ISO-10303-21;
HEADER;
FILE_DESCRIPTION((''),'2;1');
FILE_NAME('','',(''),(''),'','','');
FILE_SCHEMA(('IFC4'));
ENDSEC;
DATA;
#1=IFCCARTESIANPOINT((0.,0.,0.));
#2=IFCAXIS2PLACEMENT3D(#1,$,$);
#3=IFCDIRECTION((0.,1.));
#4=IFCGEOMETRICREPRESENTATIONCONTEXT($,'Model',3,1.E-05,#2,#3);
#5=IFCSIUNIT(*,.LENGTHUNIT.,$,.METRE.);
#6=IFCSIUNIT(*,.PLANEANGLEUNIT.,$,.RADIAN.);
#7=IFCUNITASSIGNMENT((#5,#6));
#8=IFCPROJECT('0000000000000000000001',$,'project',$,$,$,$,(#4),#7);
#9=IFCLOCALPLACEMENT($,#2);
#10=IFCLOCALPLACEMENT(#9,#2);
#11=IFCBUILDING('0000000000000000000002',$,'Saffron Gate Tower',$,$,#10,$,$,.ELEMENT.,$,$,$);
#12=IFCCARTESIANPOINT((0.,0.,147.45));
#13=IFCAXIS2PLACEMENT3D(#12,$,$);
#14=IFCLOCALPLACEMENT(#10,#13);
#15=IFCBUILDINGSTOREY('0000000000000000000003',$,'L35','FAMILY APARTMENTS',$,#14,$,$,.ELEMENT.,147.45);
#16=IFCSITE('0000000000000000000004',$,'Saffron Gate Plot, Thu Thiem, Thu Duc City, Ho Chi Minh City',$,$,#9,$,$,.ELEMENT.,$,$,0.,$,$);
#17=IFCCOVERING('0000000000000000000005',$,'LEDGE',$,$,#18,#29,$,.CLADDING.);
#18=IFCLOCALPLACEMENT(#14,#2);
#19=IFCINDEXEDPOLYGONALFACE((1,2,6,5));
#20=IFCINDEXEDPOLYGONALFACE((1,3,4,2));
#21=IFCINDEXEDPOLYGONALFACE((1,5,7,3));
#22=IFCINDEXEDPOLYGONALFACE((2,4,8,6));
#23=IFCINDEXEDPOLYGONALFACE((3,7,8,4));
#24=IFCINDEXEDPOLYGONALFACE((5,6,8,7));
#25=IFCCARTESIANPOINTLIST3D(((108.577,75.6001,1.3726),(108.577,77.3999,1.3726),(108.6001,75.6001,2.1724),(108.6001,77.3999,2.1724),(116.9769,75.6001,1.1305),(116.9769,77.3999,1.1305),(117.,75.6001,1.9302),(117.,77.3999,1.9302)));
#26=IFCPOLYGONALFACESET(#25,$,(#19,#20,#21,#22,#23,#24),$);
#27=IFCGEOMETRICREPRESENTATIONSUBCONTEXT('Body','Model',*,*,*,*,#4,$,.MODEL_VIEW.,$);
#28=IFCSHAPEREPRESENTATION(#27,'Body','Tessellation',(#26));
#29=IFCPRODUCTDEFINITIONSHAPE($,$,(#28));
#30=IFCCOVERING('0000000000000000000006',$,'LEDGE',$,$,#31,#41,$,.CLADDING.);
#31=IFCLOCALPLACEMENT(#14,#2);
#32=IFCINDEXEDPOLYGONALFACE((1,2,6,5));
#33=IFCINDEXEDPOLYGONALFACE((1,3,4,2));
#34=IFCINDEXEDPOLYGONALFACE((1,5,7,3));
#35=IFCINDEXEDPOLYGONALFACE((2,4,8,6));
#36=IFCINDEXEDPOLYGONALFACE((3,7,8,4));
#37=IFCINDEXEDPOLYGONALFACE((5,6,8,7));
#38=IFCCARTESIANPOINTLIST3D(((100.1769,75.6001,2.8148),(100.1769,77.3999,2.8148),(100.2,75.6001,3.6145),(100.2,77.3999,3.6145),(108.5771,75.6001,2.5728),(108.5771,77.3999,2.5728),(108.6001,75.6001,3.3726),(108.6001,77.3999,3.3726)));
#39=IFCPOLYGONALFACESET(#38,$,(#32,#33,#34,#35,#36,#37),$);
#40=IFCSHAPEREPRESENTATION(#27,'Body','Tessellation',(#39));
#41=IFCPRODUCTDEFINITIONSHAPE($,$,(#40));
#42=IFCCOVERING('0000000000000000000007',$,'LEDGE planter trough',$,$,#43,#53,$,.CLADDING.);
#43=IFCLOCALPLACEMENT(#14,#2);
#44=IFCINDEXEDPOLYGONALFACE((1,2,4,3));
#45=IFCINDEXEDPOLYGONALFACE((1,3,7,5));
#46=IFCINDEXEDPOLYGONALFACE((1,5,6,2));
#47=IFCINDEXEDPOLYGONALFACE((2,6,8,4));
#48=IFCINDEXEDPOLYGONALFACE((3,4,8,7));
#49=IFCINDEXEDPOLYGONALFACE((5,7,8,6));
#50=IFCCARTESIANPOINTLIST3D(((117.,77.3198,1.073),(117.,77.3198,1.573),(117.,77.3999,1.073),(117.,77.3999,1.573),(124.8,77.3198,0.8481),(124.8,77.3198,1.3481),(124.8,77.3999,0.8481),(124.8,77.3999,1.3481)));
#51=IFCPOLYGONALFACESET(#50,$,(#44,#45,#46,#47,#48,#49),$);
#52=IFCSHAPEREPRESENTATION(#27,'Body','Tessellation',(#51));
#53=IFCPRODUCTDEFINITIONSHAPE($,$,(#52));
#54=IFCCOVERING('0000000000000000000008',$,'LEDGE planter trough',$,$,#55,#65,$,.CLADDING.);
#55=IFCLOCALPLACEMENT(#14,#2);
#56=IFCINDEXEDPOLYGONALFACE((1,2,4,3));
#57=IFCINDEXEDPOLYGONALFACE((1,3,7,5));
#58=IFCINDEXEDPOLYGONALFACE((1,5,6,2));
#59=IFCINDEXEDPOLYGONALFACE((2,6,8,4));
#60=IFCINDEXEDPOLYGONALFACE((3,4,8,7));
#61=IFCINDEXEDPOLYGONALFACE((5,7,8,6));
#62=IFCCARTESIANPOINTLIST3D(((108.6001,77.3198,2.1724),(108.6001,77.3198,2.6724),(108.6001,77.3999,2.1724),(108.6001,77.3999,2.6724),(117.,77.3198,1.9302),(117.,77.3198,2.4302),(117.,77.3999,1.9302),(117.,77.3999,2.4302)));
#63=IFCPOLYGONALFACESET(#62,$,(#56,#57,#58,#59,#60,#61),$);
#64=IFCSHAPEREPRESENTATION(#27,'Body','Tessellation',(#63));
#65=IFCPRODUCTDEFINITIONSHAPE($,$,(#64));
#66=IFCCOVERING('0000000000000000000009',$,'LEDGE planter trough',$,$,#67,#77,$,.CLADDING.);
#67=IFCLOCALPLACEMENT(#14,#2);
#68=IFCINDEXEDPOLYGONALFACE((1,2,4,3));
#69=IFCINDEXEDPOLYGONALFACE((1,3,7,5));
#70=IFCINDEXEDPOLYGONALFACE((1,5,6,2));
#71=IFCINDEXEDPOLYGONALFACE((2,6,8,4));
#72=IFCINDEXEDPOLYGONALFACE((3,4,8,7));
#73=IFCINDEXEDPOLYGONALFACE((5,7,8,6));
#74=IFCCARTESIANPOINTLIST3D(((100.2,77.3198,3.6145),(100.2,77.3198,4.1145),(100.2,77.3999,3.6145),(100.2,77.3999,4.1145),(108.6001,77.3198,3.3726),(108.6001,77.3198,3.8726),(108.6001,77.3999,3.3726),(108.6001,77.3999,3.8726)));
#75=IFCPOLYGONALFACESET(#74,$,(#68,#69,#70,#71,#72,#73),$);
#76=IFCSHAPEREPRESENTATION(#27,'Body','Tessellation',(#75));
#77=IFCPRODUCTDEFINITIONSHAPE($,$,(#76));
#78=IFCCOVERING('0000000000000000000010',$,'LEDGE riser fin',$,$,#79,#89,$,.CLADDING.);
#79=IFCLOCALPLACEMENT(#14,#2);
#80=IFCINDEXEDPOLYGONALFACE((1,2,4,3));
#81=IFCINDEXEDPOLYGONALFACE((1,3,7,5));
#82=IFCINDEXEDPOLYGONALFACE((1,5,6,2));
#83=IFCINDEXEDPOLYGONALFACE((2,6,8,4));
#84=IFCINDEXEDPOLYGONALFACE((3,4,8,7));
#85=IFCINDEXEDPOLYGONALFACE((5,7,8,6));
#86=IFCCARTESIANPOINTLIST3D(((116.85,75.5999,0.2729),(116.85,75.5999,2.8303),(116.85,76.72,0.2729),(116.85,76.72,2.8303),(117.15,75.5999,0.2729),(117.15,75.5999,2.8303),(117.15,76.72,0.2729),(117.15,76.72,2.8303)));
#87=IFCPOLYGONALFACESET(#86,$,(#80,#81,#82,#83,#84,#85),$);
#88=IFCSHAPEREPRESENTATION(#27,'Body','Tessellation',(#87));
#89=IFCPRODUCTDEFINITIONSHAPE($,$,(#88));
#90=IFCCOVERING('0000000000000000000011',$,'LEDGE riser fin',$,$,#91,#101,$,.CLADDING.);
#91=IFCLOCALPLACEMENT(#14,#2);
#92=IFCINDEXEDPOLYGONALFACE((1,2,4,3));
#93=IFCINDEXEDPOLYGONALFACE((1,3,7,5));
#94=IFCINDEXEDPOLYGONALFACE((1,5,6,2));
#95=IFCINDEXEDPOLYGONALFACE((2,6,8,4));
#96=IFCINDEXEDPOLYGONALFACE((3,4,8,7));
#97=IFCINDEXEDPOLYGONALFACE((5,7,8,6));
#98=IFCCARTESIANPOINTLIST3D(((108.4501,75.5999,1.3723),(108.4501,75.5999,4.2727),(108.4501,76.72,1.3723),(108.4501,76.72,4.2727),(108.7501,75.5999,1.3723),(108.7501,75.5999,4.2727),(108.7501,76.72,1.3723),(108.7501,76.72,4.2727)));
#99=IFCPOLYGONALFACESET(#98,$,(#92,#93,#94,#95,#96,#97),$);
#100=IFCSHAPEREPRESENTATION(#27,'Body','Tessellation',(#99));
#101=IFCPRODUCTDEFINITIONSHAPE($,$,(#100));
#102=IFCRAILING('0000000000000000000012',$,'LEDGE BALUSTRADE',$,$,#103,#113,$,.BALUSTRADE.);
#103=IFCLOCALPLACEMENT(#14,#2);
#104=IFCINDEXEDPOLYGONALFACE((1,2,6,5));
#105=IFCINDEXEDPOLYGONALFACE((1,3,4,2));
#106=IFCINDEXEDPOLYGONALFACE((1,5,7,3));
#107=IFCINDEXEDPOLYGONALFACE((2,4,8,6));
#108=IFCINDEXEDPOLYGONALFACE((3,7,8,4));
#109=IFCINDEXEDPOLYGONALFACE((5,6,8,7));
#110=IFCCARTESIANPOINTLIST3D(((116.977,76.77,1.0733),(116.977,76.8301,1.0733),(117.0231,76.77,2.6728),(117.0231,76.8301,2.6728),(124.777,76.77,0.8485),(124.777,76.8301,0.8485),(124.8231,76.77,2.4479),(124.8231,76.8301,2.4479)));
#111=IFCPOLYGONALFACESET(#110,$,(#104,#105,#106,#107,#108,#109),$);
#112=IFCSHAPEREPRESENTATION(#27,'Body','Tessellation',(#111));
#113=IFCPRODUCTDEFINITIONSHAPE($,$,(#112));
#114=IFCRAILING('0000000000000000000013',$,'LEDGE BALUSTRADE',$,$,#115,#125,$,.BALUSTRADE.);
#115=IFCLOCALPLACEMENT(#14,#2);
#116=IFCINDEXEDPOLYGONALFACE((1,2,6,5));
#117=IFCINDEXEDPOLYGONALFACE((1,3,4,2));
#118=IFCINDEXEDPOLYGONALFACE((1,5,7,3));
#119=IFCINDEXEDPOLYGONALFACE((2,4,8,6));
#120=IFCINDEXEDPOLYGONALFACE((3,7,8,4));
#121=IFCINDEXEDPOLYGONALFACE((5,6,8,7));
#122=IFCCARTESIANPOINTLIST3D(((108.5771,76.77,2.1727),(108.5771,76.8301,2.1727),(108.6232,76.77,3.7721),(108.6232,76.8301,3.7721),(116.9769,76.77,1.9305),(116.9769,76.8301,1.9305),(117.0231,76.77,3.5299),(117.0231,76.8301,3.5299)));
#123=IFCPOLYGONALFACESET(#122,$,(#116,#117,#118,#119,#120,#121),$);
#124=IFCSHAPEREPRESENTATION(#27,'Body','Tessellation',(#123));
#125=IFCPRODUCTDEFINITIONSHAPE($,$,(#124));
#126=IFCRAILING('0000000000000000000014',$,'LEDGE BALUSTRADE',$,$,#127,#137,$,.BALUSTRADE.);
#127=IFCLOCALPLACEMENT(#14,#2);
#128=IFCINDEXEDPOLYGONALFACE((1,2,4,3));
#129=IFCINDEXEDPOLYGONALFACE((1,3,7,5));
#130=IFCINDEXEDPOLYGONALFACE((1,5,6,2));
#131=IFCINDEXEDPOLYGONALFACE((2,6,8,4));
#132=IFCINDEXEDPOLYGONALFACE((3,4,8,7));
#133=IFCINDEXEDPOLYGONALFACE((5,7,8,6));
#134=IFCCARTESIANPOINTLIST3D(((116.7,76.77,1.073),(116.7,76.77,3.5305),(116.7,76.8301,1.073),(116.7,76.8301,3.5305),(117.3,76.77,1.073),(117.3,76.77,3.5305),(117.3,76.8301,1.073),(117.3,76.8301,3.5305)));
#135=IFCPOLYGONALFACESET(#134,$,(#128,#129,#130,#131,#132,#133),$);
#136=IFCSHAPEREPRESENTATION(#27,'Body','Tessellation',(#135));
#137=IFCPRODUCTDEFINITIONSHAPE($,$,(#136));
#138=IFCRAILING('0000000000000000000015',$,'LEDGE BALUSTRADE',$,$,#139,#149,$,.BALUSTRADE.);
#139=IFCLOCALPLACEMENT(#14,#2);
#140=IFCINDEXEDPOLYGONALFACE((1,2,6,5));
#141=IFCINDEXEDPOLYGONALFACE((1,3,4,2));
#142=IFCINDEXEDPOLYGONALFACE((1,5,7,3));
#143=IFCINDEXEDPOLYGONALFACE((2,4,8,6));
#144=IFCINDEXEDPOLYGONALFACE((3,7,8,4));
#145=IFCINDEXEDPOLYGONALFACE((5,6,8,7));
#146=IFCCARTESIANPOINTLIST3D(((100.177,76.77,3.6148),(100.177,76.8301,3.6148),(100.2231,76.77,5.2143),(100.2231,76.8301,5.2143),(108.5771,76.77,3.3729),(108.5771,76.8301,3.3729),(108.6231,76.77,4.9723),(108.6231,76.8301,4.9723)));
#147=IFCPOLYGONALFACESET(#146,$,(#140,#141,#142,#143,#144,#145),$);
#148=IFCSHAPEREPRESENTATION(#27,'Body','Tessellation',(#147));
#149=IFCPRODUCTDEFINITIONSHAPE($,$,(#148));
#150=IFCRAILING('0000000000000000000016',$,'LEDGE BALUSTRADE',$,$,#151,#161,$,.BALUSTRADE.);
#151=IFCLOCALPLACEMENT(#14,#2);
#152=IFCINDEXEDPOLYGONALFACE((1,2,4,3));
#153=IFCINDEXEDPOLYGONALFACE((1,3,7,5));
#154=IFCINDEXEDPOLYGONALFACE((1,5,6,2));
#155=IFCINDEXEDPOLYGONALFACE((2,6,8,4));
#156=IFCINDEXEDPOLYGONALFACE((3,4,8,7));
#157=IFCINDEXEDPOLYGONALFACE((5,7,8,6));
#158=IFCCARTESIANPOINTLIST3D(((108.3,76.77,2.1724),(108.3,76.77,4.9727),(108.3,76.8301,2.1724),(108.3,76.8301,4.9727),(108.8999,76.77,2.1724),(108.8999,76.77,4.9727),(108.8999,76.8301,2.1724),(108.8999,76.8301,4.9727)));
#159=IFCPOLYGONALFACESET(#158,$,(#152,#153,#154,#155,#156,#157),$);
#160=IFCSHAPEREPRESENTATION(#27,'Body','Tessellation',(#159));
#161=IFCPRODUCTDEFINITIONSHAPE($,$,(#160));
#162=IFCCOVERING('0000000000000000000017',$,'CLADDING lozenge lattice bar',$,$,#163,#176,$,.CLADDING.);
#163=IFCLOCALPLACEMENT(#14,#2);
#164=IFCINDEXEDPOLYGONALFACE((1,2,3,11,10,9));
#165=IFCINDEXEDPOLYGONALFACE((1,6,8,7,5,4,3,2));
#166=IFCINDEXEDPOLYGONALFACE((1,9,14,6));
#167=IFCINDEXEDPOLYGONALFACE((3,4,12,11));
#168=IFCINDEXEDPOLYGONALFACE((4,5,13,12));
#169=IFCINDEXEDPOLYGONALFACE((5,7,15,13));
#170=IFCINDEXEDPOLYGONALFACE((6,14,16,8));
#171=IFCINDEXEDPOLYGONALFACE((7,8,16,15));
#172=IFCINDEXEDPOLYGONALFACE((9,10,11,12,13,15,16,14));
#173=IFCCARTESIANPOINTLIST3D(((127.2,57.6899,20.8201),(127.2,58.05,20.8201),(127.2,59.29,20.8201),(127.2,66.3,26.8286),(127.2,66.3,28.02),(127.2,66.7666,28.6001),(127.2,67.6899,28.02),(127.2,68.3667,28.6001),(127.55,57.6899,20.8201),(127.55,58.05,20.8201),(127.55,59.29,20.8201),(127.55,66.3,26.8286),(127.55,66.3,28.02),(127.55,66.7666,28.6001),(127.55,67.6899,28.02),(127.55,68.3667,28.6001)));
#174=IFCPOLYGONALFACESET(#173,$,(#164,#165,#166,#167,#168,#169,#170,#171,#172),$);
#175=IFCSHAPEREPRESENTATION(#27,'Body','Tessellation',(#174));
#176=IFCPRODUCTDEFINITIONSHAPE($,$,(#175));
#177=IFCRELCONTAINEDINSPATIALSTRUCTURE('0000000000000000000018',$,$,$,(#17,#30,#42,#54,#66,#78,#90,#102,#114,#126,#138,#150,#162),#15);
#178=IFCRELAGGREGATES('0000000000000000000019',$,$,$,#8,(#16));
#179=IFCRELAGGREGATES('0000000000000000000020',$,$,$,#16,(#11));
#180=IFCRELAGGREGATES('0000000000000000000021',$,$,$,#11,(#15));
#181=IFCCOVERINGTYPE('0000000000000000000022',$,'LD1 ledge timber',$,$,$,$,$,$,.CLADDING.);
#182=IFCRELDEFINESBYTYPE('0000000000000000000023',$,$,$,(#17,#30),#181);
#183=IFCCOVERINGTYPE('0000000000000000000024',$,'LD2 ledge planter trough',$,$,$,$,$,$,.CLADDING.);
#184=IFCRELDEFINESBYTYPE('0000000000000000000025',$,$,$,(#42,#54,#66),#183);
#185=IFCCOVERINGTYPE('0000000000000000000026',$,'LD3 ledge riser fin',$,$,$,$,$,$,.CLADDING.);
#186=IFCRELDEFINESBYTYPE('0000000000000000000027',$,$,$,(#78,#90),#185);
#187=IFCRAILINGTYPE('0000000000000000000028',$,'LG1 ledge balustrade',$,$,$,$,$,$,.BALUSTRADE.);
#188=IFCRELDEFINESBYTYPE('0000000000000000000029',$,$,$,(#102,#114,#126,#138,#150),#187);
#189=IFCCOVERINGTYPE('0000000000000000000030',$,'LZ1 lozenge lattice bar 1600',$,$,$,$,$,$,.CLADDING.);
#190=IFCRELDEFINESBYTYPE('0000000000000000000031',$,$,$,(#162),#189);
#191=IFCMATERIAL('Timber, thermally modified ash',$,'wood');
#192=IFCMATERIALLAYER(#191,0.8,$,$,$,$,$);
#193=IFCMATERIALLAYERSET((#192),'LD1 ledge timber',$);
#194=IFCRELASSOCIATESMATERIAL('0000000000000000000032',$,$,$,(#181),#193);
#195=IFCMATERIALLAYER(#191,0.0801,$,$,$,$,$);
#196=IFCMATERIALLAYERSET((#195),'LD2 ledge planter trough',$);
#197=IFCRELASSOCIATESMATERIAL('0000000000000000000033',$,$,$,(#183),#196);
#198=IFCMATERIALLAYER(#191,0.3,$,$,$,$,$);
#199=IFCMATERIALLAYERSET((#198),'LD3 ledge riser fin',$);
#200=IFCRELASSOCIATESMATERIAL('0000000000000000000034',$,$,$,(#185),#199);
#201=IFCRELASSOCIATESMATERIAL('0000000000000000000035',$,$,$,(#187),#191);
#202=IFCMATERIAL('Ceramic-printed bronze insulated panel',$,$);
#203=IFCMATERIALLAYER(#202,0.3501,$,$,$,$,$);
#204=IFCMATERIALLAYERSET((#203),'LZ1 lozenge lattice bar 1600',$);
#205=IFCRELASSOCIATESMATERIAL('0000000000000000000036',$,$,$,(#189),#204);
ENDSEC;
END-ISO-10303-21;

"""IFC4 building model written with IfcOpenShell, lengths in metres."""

from ifc_helpers import new_model, si_unit, direction, frame, origin, origin_2d, place, context, subcontext, project, spatial, polyline, rectangle, outline, extrude, material, layer, layer_set, type_object, element, save


model = new_model("IFC4")

# Units and contexts
model_context = context("Model", 3, precision=1e-05, world=origin(), true_north=direction((0.0, 1.0)))
body_context = subcontext(model_context, "Body", "Model", "MODEL_VIEW")
ifc_project = project(units=[si_unit("LENGTHUNIT", "METRE"), si_unit("PLANEANGLEUNIT", "RADIAN")], contexts=[model_context])

# Site, building, storey
site_placement = place(None, origin())
site = spatial("IfcSite", under=ifc_project, at=site_placement, Name="Saffron Gate Plot, Thu Thiem, Thu Duc City, Ho Chi Minh City", CompositionType="ELEMENT", RefElevation=0.0)
building_placement = place(site_placement, origin())
building = spatial("IfcBuilding", under=site, at=building_placement, Name="Saffron Gate Tower", CompositionType="ELEMENT")
storey_placement = place(building_placement, frame((0.0, 0.0, 147.45)))
storey = spatial("IfcBuildingStorey", under=building, at=storey_placement, Name="L35", Description="FAMILY APARTMENTS", CompositionType="ELEMENT", Elevation=147.45)

# Coverings
ifc_material_1 = material(Name="Timber, thermally modified ash", Category="wood")
ifc_layer_1 = layer(ifc_material_1, 0.8)
ifc_layer_set_1 = layer_set([ifc_layer_1], Name="LD1 ledge timber")
covering_type_1 = type_object("IfcCoveringType", Name="LD1 ledge timber", PredefinedType="CLADDING", material=ifc_layer_set_1)
covering_1_placement = place(storey_placement, frame((117.0, 75.6001, 1.9302), z_axis=(0.02882, 0.0, 0.999585), x_axis=(-0.999585, 0.0, 0.02882)))
element("IfcCovering", 1, at=covering_1_placement, inside=storey, type_object=covering_type_1, Name="LEDGE", PredefinedType="CLADDING", context=body_context, shape_type="SweptSolid", body=[
    extrude(outline(polyline([(0.0, 0.0), (8.4034, 0.0), (8.4034, -1.7998), (0.0, -1.7998), (0.0, 0.0)])), origin(), (0.0, 0.0, -1.0), 0.8),
])
covering_2_placement = place(storey_placement, frame((108.6001, 75.6001, 3.3726), z_axis=(0.02879, 0.0, 0.999585), x_axis=(-0.999585, 0.0, 0.02879)))
element("IfcCovering", 2, at=covering_2_placement, inside=storey, type_object=covering_type_1, Name="LEDGE", PredefinedType="CLADDING", context=body_context, shape_type="SweptSolid", body=[
    extrude(outline(polyline([(0.0, 0.0), (8.4036, 0.0), (8.4036, -1.7998), (0.0, -1.7998), (0.0, 0.0)])), origin(), (0.0, 0.0, -1.0), 0.8),
])
ifc_layer_2 = layer(ifc_material_1, 0.0801)
ifc_layer_set_2 = layer_set([ifc_layer_2], Name="LD2 ledge planter trough")
covering_type_2 = type_object("IfcCoveringType", Name="LD2 ledge planter trough", PredefinedType="CLADDING", material=ifc_layer_set_2)
covering_3_placement = place(storey_placement, frame((124.8, 77.3999, 0.8481), z_axis=(0.0, 1.0, 0.0), x_axis=(-0.999585, 0.0, 0.028815)))
element("IfcCovering", 3, at=covering_3_placement, inside=storey, type_object=covering_type_2, Name="LEDGE planter trough", PredefinedType="CLADDING", context=body_context, shape_type="SweptSolid", body=[
    extrude(outline(polyline([(0.0, 0.0), (7.8033, 0.0), (7.8177, 0.4998), (0.0144, 0.4998), (0.0, 0.0)])), origin(), (0.0, 0.0, -1.0), 0.0801),
])
covering_4_placement = place(storey_placement, frame((117.0, 77.3999, 1.9302), z_axis=(0.0, 1.0, 0.0), x_axis=(-0.999585, 0.0, 0.02882)))
element("IfcCovering", 4, at=covering_4_placement, inside=storey, type_object=covering_type_2, Name="LEDGE planter trough", PredefinedType="CLADDING", context=body_context, shape_type="SweptSolid", body=[
    extrude(outline(polyline([(0.0, 0.0), (8.4034, 0.0), (8.4178, 0.4998), (0.0144, 0.4998), (0.0, 0.0)])), origin(), (0.0, 0.0, -1.0), 0.0801),
])
covering_5_placement = place(storey_placement, frame((108.6001, 77.3999, 3.3726), z_axis=(0.0, 1.0, 0.0), x_axis=(-0.999585, 0.0, 0.02879)))
element("IfcCovering", 5, at=covering_5_placement, inside=storey, type_object=covering_type_2, Name="LEDGE planter trough", PredefinedType="CLADDING", context=body_context, shape_type="SweptSolid", body=[
    extrude(outline(polyline([(0.0, 0.0), (8.4036, 0.0), (8.418, 0.4998), (0.0144, 0.4998), (0.0, 0.0)])), origin(), (0.0, 0.0, -1.0), 0.0801),
])
ifc_layer_3 = layer(ifc_material_1, 0.3)
ifc_layer_set_3 = layer_set([ifc_layer_3], Name="LD3 ledge riser fin")
covering_type_3 = type_object("IfcCoveringType", Name="LD3 ledge riser fin", PredefinedType="CLADDING", material=ifc_layer_set_3)
covering_6_placement = place(storey_placement, frame((117.0, 76.1599, 0.2729), z_axis=(0.0, 0.0, 1.0), x_axis=(-1.0, 0.0, 0.0)))
element("IfcCovering", 6, at=covering_6_placement, inside=storey, type_object=covering_type_3, Name="LEDGE riser fin", PredefinedType="CLADDING", context=body_context, shape_type="SweptSolid", body=[
    extrude(rectangle(XDim=0.3, YDim=1.1201, at=origin_2d()), origin(), (0.0, 0.0, 1.0), 2.5574),
])
covering_7_placement = place(storey_placement, frame((108.6001, 76.1599, 1.3723), z_axis=(0.0, 0.0, 1.0), x_axis=(-1.0, 0.0, 0.0)))
element("IfcCovering", 7, at=covering_7_placement, inside=storey, type_object=covering_type_3, Name="LEDGE riser fin", PredefinedType="CLADDING", context=body_context, shape_type="SweptSolid", body=[
    extrude(rectangle(XDim=0.3, YDim=1.1201, at=origin_2d()), origin(), (0.0, 0.0, 1.0), 2.9004),
])

# Railings
railing_type = type_object("IfcRailingType", Name="LG1 ledge balustrade", PredefinedType="BALUSTRADE", material=ifc_material_1)
railing_1_placement = place(storey_placement, frame((124.8, 76.8, 0.8481)))
element("IfcRailing", 8, at=railing_1_placement, inside=storey, type_object=railing_type, Name="LEDGE BALUSTRADE", PredefinedType="BALUSTRADE", context=body_context, shape_type="SweptSolid", body=[
    extrude(rectangle(XDim=0.0601, YDim=1.6001, at=origin_2d()), frame((0.0, 0.0, 0.8), z_axis=(-0.999585, 0.0, 0.028815), x_axis=(0.0, -1.0, 0.0)), (0.0, 0.0, 1.0), 7.8032),
])
railing_2_placement = place(storey_placement, frame((117.0, 76.8, 1.9302)))
element("IfcRailing", 9, at=railing_2_placement, inside=storey, type_object=railing_type, Name="LEDGE BALUSTRADE", PredefinedType="BALUSTRADE", context=body_context, shape_type="SweptSolid", body=[
    extrude(rectangle(XDim=0.0601, YDim=1.6001, at=origin_2d()), frame((0.0, 0.0, 0.8), z_axis=(-0.999585, 0.0, 0.02882), x_axis=(0.0, -1.0, 0.0)), (0.0, 0.0, 1.0), 8.4033),
])
railing_3_placement = place(storey_placement, frame((117.3, 76.8, 1.073)))
element("IfcRailing", 10, at=railing_3_placement, inside=storey, type_object=railing_type, Name="LEDGE BALUSTRADE", PredefinedType="BALUSTRADE", context=body_context, shape_type="SweptSolid", body=[
    extrude(rectangle(XDim=0.0601, YDim=2.4575, at=origin_2d()), frame((0.0, 0.0, 1.2288), z_axis=(-1.0, 0.0, 0.0), x_axis=(0.0, -1.0, 0.0)), (0.0, 0.0, 1.0), 0.6001),
])
railing_4_placement = place(storey_placement, frame((108.6001, 76.8, 3.3726)))
element("IfcRailing", 11, at=railing_4_placement, inside=storey, type_object=railing_type, Name="LEDGE BALUSTRADE", PredefinedType="BALUSTRADE", context=body_context, shape_type="SweptSolid", body=[
    extrude(rectangle(XDim=0.0601, YDim=1.6001, at=origin_2d()), frame((0.0, 0.0, 0.8), z_axis=(-0.999585, 0.0, 0.02879), x_axis=(0.0, -1.0, 0.0)), (0.0, 0.0, 1.0), 8.4036),
])
railing_5_placement = place(storey_placement, frame((108.8999, 76.8, 2.1724)))
element("IfcRailing", 12, at=railing_5_placement, inside=storey, type_object=railing_type, Name="LEDGE BALUSTRADE", PredefinedType="BALUSTRADE", context=body_context, shape_type="SweptSolid", body=[
    extrude(rectangle(XDim=0.0601, YDim=2.8003, at=origin_2d()), frame((0.0, 0.0, 1.4001), z_axis=(-1.0, 0.0, 0.0), x_axis=(0.0, -1.0, 0.0)), (0.0, 0.0, 1.0), 0.5999),
])

# Covering
ifc_material_2 = material(Name="Ceramic-printed bronze insulated panel")
ifc_layer_4 = layer(ifc_material_2, 0.3501)
ifc_layer_set_4 = layer_set([ifc_layer_4], Name="LZ1 lozenge lattice bar 1600")
covering_type_4 = type_object("IfcCoveringType", Name="LZ1 lozenge lattice bar 1600", PredefinedType="CLADDING", material=ifc_layer_set_4)
covering_8_placement = place(storey_placement, frame((127.55, 57.6899, 20.8201), z_axis=(1.0, 0.0, 0.0), x_axis=(0.0, 1.0, 0.0)))
element("IfcCovering", 13, at=covering_8_placement, inside=storey, type_object=covering_type_4, Name="CLADDING lozenge lattice bar", PredefinedType="CLADDING", context=body_context, shape_type="SweptSolid", body=[
    extrude(outline(polyline([(0.0, 0.0), (0.3601, 0.0), (1.6001, 0.0), (8.6101, 6.0085), (8.6101, 7.2), (10.0, 7.2), (10.6768, 7.78), (9.0767, 7.78), (0.0, 0.0)])), origin(), (0.0, 0.0, -1.0), 0.3501),
])

save(model, "model.ifc")
